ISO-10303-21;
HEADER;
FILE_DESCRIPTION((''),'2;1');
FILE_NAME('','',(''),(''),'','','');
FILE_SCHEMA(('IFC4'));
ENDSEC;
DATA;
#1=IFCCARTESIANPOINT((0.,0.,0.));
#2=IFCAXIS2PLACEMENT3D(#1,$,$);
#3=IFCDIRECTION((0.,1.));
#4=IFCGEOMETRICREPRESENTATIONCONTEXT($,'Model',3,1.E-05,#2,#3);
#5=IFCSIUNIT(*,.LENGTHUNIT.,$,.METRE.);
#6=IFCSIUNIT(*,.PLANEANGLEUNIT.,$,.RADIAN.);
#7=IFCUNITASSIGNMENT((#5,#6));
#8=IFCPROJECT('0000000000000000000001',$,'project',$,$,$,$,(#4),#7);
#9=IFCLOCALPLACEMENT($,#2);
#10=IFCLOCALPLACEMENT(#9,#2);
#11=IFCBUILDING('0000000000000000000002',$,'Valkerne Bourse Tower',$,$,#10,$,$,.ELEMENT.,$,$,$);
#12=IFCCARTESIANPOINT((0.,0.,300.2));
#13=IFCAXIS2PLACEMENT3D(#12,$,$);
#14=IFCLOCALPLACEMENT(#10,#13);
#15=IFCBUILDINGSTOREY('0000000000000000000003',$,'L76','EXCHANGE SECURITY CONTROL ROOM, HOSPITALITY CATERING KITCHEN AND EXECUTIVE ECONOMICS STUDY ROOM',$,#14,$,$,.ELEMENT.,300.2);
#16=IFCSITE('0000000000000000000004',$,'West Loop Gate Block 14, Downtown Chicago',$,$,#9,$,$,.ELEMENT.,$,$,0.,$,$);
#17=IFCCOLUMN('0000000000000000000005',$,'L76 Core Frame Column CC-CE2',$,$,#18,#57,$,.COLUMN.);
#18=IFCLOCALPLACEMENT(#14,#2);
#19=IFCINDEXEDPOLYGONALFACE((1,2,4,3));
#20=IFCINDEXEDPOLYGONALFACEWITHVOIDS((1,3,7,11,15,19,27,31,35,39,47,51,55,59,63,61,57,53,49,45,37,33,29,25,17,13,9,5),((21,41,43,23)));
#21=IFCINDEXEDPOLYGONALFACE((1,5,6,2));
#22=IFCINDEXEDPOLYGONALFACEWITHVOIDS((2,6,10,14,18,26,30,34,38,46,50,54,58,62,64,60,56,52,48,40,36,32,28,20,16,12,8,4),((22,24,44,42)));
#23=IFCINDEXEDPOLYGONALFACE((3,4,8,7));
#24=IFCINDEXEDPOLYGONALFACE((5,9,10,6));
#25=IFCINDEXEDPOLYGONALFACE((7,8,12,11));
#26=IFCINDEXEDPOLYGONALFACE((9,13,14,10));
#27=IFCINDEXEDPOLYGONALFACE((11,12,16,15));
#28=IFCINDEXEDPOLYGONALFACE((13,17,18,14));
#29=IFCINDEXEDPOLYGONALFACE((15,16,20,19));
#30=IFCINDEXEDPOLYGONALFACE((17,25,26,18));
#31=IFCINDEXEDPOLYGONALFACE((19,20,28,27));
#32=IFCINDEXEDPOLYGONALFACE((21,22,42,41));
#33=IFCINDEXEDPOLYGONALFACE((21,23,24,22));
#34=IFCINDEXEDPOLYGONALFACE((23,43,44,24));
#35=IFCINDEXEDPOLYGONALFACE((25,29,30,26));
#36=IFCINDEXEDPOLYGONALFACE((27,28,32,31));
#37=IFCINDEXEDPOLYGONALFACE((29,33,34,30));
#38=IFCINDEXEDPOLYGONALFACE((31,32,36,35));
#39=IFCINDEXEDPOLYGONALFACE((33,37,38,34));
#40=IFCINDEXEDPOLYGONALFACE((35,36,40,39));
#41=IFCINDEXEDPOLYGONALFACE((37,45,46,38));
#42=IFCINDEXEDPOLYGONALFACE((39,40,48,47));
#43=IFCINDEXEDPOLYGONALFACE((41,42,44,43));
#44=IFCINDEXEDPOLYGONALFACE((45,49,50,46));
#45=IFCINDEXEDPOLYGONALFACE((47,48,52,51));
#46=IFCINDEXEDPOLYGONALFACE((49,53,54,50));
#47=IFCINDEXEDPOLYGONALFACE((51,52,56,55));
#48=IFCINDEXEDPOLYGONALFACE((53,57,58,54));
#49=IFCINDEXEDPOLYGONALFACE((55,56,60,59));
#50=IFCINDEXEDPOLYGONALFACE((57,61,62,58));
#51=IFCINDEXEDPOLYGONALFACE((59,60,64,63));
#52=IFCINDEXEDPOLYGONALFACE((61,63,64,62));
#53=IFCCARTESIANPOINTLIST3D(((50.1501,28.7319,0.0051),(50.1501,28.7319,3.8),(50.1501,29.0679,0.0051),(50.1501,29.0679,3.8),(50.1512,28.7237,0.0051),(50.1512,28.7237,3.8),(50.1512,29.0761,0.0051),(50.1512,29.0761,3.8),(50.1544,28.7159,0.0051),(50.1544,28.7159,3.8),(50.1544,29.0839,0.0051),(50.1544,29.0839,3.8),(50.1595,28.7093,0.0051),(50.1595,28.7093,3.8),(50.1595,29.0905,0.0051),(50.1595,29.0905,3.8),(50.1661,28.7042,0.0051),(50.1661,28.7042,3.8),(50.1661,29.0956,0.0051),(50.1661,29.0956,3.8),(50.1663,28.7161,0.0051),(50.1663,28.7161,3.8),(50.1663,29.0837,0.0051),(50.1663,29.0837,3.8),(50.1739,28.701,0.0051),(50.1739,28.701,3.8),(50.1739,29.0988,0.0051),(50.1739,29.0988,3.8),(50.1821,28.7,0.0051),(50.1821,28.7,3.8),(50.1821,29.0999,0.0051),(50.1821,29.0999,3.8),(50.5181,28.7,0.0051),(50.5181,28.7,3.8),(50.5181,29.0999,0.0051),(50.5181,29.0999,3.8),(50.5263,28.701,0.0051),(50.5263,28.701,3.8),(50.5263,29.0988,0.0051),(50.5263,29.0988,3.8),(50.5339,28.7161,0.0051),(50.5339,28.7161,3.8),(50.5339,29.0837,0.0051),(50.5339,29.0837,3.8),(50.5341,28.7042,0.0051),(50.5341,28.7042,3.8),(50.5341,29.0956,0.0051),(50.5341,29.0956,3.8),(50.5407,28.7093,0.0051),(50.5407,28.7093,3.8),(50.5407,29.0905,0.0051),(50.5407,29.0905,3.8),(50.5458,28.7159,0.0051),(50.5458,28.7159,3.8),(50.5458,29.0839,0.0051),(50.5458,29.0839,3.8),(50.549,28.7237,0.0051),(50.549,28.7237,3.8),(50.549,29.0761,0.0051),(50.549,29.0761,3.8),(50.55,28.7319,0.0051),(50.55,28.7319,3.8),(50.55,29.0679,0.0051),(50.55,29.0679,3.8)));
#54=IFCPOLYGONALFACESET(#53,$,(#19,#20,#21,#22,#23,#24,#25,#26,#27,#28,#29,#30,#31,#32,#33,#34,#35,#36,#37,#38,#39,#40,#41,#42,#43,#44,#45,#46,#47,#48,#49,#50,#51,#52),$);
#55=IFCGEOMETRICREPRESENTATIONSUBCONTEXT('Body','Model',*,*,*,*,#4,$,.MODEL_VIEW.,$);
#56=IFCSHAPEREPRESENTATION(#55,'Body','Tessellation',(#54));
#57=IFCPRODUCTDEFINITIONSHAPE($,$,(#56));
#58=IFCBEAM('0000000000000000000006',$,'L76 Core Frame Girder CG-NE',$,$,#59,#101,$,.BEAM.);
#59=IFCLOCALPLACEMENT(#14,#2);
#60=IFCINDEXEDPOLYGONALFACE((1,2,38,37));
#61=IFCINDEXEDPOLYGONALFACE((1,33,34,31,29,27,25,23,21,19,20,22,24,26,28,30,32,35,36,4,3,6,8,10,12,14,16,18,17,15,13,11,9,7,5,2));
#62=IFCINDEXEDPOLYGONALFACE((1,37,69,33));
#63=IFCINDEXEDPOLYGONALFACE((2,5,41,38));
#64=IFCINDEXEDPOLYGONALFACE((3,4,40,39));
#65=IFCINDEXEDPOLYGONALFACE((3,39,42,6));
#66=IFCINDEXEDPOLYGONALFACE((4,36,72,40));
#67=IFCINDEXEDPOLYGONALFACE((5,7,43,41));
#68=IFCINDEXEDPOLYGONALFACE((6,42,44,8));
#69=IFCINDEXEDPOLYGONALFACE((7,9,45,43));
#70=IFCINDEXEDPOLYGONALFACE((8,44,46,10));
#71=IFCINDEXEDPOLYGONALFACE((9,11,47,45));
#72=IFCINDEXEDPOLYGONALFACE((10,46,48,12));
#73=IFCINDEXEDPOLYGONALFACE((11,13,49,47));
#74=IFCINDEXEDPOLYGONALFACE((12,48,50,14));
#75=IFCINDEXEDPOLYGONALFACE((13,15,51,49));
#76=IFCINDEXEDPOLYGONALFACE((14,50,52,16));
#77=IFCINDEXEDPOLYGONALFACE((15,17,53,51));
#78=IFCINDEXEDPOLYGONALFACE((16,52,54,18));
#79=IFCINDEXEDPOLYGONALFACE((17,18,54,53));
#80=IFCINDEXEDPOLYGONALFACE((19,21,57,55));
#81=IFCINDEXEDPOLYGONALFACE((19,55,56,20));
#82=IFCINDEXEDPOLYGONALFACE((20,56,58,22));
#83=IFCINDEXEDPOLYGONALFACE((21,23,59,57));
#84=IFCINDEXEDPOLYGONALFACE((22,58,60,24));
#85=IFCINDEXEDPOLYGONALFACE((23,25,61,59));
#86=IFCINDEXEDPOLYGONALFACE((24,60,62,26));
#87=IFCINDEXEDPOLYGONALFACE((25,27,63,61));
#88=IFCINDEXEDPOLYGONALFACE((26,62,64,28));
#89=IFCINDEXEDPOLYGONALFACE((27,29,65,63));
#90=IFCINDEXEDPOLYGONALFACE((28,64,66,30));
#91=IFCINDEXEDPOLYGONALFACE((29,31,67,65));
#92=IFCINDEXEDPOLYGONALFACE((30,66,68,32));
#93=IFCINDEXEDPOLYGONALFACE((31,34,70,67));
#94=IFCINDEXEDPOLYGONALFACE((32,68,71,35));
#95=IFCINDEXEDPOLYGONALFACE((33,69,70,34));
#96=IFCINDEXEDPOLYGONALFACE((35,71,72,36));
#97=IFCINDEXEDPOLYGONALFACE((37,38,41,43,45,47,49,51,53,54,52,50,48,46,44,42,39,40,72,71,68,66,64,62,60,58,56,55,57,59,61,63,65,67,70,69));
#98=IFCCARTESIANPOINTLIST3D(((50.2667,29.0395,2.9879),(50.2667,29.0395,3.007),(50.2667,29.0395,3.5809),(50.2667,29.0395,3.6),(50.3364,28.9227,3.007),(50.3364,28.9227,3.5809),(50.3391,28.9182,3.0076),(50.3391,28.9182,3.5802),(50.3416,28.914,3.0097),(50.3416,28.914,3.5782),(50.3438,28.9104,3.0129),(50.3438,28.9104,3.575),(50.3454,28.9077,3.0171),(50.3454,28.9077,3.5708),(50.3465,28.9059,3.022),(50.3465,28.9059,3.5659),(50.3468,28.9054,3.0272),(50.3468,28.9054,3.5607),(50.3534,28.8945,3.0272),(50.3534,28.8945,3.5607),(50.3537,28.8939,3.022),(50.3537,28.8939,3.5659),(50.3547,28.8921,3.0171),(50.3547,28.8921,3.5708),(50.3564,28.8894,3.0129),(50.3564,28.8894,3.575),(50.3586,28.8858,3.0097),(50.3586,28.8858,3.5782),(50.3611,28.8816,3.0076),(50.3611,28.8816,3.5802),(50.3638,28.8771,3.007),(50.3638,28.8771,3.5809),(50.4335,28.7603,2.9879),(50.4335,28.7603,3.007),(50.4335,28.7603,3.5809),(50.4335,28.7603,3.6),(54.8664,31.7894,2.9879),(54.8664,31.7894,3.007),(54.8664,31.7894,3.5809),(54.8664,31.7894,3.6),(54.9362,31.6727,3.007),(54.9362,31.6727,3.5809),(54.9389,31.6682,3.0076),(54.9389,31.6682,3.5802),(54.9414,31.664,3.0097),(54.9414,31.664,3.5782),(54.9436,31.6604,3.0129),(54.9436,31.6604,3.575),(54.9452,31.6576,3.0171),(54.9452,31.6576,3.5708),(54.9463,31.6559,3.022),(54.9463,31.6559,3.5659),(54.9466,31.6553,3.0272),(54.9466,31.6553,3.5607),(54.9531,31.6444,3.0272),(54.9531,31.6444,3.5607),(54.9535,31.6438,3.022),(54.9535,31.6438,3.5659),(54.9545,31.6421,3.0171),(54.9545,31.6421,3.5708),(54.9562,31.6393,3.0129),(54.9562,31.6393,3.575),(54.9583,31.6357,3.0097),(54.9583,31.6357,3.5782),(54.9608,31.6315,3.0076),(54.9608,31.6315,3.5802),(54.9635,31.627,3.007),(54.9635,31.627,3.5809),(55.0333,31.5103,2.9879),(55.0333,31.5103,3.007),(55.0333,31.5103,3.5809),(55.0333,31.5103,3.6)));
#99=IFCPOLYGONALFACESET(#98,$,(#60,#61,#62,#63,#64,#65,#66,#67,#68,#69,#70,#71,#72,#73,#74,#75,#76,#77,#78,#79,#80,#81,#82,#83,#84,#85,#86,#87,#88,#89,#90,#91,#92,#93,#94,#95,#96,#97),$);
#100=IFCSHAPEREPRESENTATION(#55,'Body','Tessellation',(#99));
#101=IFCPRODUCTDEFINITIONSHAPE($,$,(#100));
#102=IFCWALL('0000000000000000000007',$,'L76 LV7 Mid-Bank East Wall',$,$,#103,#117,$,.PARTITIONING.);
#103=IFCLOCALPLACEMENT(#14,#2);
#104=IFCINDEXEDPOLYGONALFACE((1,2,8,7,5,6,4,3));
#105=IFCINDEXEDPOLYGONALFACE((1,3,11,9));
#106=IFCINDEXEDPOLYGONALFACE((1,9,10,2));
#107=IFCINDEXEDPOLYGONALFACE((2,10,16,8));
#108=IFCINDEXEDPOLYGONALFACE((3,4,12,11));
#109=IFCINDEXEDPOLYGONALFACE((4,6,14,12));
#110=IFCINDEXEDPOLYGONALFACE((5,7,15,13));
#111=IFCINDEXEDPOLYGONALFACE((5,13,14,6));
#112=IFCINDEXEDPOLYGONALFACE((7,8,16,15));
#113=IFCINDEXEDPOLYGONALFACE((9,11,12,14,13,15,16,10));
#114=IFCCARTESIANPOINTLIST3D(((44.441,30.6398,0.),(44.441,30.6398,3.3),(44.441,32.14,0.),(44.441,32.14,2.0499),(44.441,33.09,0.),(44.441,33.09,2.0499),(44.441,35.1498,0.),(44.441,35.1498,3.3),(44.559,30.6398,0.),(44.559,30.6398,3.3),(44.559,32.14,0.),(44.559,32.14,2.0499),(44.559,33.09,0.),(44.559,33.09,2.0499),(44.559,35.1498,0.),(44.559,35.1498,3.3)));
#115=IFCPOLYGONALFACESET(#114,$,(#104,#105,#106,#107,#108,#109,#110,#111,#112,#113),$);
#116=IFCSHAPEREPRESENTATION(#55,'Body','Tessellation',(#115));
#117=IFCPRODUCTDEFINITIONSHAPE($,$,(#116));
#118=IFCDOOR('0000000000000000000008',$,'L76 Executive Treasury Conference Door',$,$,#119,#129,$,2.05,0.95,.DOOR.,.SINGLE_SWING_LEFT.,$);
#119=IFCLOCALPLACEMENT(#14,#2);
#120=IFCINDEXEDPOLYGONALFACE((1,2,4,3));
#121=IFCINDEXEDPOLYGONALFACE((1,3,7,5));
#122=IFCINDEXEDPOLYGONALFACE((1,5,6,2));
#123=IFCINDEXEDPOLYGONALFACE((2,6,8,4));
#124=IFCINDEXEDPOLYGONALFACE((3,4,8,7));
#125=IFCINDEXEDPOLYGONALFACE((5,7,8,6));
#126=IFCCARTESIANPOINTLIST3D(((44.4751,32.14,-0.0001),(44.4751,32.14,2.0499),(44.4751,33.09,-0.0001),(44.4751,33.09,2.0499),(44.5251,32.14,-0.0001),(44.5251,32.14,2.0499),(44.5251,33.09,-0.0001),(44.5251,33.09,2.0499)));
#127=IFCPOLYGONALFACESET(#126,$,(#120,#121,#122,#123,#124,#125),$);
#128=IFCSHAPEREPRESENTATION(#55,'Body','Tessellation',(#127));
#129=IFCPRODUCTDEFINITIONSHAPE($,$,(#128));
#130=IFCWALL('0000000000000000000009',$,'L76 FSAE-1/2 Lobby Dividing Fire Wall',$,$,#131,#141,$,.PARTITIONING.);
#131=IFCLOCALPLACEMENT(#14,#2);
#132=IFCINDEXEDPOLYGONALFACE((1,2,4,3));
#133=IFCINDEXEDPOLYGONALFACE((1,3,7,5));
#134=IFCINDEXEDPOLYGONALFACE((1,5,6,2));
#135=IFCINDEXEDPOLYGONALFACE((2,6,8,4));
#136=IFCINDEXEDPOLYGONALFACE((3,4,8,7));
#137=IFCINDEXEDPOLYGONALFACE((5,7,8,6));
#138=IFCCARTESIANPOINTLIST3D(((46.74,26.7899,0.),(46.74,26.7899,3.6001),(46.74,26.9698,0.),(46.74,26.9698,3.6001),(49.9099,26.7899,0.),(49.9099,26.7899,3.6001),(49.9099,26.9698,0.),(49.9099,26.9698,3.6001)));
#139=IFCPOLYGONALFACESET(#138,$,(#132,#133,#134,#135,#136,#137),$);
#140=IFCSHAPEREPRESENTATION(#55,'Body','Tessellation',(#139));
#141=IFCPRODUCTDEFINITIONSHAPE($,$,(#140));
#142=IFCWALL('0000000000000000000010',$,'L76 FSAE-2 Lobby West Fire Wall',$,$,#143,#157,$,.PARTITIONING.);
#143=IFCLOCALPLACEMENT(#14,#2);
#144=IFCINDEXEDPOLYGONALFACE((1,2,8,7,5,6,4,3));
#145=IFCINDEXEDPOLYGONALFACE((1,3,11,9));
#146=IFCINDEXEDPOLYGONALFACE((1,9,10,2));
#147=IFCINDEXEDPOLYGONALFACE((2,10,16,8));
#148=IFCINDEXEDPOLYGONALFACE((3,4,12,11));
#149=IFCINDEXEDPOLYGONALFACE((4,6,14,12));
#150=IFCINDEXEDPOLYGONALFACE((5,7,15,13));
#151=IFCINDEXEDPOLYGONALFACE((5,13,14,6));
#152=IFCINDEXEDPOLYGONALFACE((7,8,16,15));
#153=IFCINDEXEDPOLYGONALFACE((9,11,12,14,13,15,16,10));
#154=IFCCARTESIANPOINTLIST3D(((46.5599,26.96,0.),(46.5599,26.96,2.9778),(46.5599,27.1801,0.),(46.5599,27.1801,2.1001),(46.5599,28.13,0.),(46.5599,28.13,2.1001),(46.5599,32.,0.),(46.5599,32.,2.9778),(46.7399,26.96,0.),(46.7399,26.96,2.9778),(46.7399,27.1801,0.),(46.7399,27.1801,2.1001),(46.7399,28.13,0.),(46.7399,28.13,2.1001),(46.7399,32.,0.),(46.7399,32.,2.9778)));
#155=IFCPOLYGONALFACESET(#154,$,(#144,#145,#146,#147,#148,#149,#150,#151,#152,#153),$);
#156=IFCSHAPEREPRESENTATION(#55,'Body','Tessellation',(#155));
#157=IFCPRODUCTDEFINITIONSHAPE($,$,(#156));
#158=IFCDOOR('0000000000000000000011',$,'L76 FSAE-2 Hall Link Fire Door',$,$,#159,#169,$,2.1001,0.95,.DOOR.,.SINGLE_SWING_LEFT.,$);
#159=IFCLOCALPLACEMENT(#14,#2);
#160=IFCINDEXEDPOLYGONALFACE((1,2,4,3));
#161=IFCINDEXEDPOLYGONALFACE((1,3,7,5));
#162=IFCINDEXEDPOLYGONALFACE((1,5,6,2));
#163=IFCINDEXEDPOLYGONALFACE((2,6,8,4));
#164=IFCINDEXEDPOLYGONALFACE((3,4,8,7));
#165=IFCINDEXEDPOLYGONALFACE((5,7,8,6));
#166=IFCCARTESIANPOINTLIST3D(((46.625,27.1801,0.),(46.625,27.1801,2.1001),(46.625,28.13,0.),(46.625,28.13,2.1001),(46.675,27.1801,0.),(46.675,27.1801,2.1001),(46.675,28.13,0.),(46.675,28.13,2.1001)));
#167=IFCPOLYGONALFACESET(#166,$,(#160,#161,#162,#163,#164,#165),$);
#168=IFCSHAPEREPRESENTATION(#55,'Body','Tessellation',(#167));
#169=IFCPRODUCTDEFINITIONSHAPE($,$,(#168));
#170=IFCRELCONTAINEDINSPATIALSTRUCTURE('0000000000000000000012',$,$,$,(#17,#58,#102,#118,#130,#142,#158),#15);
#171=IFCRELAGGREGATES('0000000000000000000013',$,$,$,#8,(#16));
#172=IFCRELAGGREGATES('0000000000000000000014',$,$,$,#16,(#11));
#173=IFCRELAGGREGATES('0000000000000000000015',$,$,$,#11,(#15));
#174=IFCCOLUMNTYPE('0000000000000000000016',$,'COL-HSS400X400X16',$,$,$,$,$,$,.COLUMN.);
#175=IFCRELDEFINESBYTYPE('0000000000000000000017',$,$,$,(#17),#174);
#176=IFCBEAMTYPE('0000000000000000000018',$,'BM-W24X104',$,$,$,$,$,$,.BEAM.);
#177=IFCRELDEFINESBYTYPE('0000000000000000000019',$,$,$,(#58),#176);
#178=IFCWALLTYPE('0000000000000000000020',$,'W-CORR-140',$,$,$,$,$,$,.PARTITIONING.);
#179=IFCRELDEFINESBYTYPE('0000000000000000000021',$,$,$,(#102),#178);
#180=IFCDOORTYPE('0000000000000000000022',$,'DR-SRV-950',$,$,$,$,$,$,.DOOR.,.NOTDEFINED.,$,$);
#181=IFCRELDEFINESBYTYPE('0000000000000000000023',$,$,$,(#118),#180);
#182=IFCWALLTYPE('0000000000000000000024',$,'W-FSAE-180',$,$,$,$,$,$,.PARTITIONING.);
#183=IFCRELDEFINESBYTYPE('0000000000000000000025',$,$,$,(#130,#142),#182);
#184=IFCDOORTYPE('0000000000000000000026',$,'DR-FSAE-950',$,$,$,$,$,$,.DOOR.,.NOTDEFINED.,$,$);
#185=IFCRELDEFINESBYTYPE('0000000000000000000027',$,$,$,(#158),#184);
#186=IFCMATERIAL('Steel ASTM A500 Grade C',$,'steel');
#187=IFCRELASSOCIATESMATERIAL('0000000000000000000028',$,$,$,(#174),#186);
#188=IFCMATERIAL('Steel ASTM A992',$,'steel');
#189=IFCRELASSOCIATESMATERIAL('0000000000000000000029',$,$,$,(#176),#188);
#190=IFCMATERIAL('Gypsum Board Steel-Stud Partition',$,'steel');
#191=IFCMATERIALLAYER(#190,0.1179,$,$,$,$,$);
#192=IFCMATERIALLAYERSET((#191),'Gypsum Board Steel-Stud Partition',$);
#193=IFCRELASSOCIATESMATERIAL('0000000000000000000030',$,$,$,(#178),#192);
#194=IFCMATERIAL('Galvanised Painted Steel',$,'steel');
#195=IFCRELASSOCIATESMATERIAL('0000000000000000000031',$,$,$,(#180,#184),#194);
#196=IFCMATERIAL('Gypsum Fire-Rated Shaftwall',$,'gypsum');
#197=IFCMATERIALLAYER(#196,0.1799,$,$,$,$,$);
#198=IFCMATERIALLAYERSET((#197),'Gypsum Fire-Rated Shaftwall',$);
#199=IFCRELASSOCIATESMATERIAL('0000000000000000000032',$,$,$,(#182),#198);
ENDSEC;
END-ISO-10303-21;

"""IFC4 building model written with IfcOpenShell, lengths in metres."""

from ifc_helpers import new_model, si_unit, direction, frame, frame_2d, origin, origin_2d, place, context, subcontext, project, spatial, rectangle, hollow_rectangle, i_section, extrude, material, layer, layer_set, material_profile, profile_set, type_object, element, fill, save


model = new_model("IFC4")

# Units and contexts
model_context = context("Model", 3, precision=1e-05, world=origin(), true_north=direction((0.0, 1.0)))
body_context = subcontext(model_context, "Body", "Model", "MODEL_VIEW")
ifc_project = project(units=[si_unit("LENGTHUNIT", "METRE"), si_unit("PLANEANGLEUNIT", "RADIAN")], contexts=[model_context])

# Site, building, storey
site_placement = place(None, origin())
site = spatial("IfcSite", under=ifc_project, at=site_placement, Name="West Loop Gate Block 14, Downtown Chicago", CompositionType="ELEMENT", RefElevation=0.0)
building_placement = place(site_placement, origin())
building = spatial("IfcBuilding", under=site, at=building_placement, Name="Valkerne Bourse Tower", CompositionType="ELEMENT")
storey_placement = place(building_placement, frame((0.0, 0.0, 300.2)))
storey = spatial("IfcBuildingStorey", under=building, at=storey_placement, Name="L76", Description="EXCHANGE SECURITY CONTROL ROOM, HOSPITALITY CATERING KITCHEN AND EXECUTIVE ECONOMICS STUDY ROOM", CompositionType="ELEMENT", Elevation=300.2)

# Column
ifc_material_1 = material(Name="Steel ASTM A500 Grade C", Category="steel")
ifc_material_profile_1 = material_profile(ifc_material_1, hollow_rectangle(XDim=0.3999, YDim=0.3999, WallThickness=0.0161, OuterFilletRadius=0.032, at=origin_2d()), Name="HSS400X400X16")
ifc_profile_set_1 = profile_set([ifc_material_profile_1], Name="Steel ASTM A500 Grade C")
column_type = type_object("IfcColumnType", Name="COL-HSS400X400X16", PredefinedType="COLUMN", material=ifc_profile_set_1)
column_placement = place(storey_placement, frame((50.3501, 28.8999, 0.0051), z_axis=(0.0, 0.0, 1.0), x_axis=(1.0, 0.0, 0.0)))
element("IfcColumn", 1, at=column_placement, inside=storey, type_object=column_type, Name="L76 Core Frame Column CC-CE2", PredefinedType="COLUMN", context=body_context, shape_type="SweptSolid", body=[
    extrude(hollow_rectangle(XDim=0.3999, YDim=0.3999, WallThickness=0.0161, OuterFilletRadius=0.032, at=origin_2d()), origin(), (0.0, 0.0, 1.0), 3.7949),
])

# Beam
ifc_material_2 = material(Name="Steel ASTM A992", Category="steel")
ifc_material_profile_2 = material_profile(ifc_material_2, i_section(OverallWidth=0.3252, OverallDepth=0.6121, WebThickness=0.0127, FlangeThickness=0.019, FilletRadius=0.0203, at=origin_2d()), Name="W24X104")
ifc_profile_set_2 = profile_set([ifc_material_profile_2], Name="Steel ASTM A992")
beam_type = type_object("IfcBeamType", Name="BM-W24X104", PredefinedType="BEAM", material=ifc_profile_set_2)
beam_placement = place(storey_placement, frame((50.3501, 28.8999, 3.2939), z_axis=(0.858308, 0.513135, 0.0), x_axis=(-0.513135, 0.858308, 0.0)))
element("IfcBeam", 2, at=beam_placement, inside=storey, type_object=beam_type, Name="L76 Core Frame Girder CG-NE", PredefinedType="BEAM", context=body_context, shape_type="SweptSolid", body=[
    extrude(i_section(OverallWidth=0.3252, OverallDepth=0.6121, WebThickness=0.0127, FlangeThickness=0.019, FilletRadius=0.0203, at=origin_2d()), origin(), (0.0, 0.0, 1.0), 5.3591),
])

# Wall, opening, door
ifc_material_3 = material(Name="Gypsum Board Steel-Stud Partition", Category="steel")
ifc_layer_1 = layer(ifc_material_3, 0.1179)
ifc_layer_set_1 = layer_set([ifc_layer_1], Name="Gypsum Board Steel-Stud Partition")
wall_type_1 = type_object("IfcWallType", Name="W-CORR-140", PredefinedType="PARTITIONING", material=ifc_layer_set_1)
wall_1_placement = place(storey_placement, frame((44.5, 30.6399, 0.0), z_axis=(0.0, 0.0, 1.0), x_axis=(0.0, 1.0, 0.0)))
wall_1 = element("IfcWall", 3, at=wall_1_placement, inside=storey, type_object=wall_type_1, Name="L76 LV7 Mid-Bank East Wall", PredefinedType="PARTITIONING", context=body_context, shape_type="SweptSolid", body=[
    extrude(rectangle(XDim=4.51, YDim=0.1179, at=frame_2d((2.2549, 0.0))), origin(), (0.0, 0.0, 1.0), 3.3),
])
opening_1_placement = place(wall_1_placement, frame((1.5, 0.0, 0.0)))
opening_1 = element("IfcOpeningElement", 4, at=opening_1_placement, cuts=wall_1, PredefinedType="OPENING", context=body_context, shape_type="SweptSolid", body=[
    extrude(rectangle(XDim=0.95, YDim=2.05, at=frame_2d((0.4751, 1.0249))), frame((0.0, 0.0688, 0.0), z_axis=(0.0, -1.0, 0.0), x_axis=(1.0, 0.0, 0.0)), (0.0, 0.0, 1.0), 0.1379),
])
ifc_material_4 = material(Name="Galvanised Painted Steel", Category="steel")
door_type_1 = type_object("IfcDoorType", Name="DR-SRV-950", OperationType="NOTDEFINED", PredefinedType="DOOR", material=ifc_material_4)
door_1_placement = place(opening_1_placement, origin())
door_1 = element("IfcDoor", 5, at=door_1_placement, inside=storey, type_object=door_type_1, Name="L76 Executive Treasury Conference Door", OperationType="SINGLE_SWING_LEFT", OverallHeight=2.05, OverallWidth=0.95, PredefinedType="DOOR", context=body_context, shape_type="SweptSolid", body=[
    extrude(rectangle(XDim=0.95, YDim=2.05, at=frame_2d((0.4751, 1.0249))), frame((0.0, 0.0249, 0.0), z_axis=(0.0, -1.0, 0.0), x_axis=(1.0, 0.0, 0.0)), (0.0, 0.0, 1.0), 0.05),
])
fill(opening_1, door_1)

# Wall
ifc_material_5 = material(Name="Gypsum Fire-Rated Shaftwall", Category="gypsum")
ifc_layer_2 = layer(ifc_material_5, 0.1799)
ifc_layer_set_2 = layer_set([ifc_layer_2], Name="Gypsum Fire-Rated Shaftwall")
wall_type_2 = type_object("IfcWallType", Name="W-FSAE-180", PredefinedType="PARTITIONING", material=ifc_layer_set_2)
wall_2_placement = place(storey_placement, frame((46.74, 26.8799, 0.0), z_axis=(0.0, 0.0, 1.0), x_axis=(1.0, 0.0, 0.0)))
element("IfcWall", 6, at=wall_2_placement, inside=storey, type_object=wall_type_2, Name="L76 FSAE-1/2 Lobby Dividing Fire Wall", PredefinedType="PARTITIONING", context=body_context, shape_type="SweptSolid", body=[
    extrude(rectangle(XDim=3.1699, YDim=0.1799, at=frame_2d((1.585, 0.0))), origin(), (0.0, 0.0, 1.0), 3.6001),
])

# Wall, opening, door
wall_3_placement = place(storey_placement, frame((46.6499, 26.96, 0.0), z_axis=(0.0, 0.0, 1.0), x_axis=(0.0, 1.0, 0.0)))
wall_3 = element("IfcWall", 7, at=wall_3_placement, inside=storey, type_object=wall_type_2, Name="L76 FSAE-2 Lobby West Fire Wall", PredefinedType="PARTITIONING", context=body_context, shape_type="SweptSolid", body=[
    extrude(rectangle(XDim=5.04, YDim=0.1799, at=frame_2d((2.52, 0.0))), origin(), (0.0, 0.0, 1.0), 2.9778),
])
opening_2_placement = place(wall_3_placement, frame((0.22, 0.0, 0.0)))
opening_2 = element("IfcOpeningElement", 8, at=opening_2_placement, cuts=wall_3, PredefinedType="OPENING", context=body_context, shape_type="SweptSolid", body=[
    extrude(rectangle(XDim=0.95, YDim=2.1001, at=frame_2d((0.4751, 1.05))), frame((0.0, 0.0999, 0.0), z_axis=(0.0, -1.0, 0.0), x_axis=(1.0, 0.0, 0.0)), (0.0, 0.0, 1.0), 0.2),
])
door_type_2 = type_object("IfcDoorType", Name="DR-FSAE-950", OperationType="NOTDEFINED", PredefinedType="DOOR", material=ifc_material_4)
door_2_placement = place(opening_2_placement, origin())
door_2 = element("IfcDoor", 9, at=door_2_placement, inside=storey, type_object=door_type_2, Name="L76 FSAE-2 Hall Link Fire Door", OperationType="SINGLE_SWING_LEFT", OverallHeight=2.1001, OverallWidth=0.95, PredefinedType="DOOR", context=body_context, shape_type="SweptSolid", body=[
    extrude(rectangle(XDim=0.95, YDim=2.1001, at=frame_2d((0.4751, 1.05))), frame((0.0, 0.0249, 0.0), z_axis=(0.0, -1.0, 0.0), x_axis=(1.0, 0.0, 0.0)), (0.0, 0.0, 1.0), 0.05),
])
fill(opening_2, door_2)

save(model, "model.ifc")
